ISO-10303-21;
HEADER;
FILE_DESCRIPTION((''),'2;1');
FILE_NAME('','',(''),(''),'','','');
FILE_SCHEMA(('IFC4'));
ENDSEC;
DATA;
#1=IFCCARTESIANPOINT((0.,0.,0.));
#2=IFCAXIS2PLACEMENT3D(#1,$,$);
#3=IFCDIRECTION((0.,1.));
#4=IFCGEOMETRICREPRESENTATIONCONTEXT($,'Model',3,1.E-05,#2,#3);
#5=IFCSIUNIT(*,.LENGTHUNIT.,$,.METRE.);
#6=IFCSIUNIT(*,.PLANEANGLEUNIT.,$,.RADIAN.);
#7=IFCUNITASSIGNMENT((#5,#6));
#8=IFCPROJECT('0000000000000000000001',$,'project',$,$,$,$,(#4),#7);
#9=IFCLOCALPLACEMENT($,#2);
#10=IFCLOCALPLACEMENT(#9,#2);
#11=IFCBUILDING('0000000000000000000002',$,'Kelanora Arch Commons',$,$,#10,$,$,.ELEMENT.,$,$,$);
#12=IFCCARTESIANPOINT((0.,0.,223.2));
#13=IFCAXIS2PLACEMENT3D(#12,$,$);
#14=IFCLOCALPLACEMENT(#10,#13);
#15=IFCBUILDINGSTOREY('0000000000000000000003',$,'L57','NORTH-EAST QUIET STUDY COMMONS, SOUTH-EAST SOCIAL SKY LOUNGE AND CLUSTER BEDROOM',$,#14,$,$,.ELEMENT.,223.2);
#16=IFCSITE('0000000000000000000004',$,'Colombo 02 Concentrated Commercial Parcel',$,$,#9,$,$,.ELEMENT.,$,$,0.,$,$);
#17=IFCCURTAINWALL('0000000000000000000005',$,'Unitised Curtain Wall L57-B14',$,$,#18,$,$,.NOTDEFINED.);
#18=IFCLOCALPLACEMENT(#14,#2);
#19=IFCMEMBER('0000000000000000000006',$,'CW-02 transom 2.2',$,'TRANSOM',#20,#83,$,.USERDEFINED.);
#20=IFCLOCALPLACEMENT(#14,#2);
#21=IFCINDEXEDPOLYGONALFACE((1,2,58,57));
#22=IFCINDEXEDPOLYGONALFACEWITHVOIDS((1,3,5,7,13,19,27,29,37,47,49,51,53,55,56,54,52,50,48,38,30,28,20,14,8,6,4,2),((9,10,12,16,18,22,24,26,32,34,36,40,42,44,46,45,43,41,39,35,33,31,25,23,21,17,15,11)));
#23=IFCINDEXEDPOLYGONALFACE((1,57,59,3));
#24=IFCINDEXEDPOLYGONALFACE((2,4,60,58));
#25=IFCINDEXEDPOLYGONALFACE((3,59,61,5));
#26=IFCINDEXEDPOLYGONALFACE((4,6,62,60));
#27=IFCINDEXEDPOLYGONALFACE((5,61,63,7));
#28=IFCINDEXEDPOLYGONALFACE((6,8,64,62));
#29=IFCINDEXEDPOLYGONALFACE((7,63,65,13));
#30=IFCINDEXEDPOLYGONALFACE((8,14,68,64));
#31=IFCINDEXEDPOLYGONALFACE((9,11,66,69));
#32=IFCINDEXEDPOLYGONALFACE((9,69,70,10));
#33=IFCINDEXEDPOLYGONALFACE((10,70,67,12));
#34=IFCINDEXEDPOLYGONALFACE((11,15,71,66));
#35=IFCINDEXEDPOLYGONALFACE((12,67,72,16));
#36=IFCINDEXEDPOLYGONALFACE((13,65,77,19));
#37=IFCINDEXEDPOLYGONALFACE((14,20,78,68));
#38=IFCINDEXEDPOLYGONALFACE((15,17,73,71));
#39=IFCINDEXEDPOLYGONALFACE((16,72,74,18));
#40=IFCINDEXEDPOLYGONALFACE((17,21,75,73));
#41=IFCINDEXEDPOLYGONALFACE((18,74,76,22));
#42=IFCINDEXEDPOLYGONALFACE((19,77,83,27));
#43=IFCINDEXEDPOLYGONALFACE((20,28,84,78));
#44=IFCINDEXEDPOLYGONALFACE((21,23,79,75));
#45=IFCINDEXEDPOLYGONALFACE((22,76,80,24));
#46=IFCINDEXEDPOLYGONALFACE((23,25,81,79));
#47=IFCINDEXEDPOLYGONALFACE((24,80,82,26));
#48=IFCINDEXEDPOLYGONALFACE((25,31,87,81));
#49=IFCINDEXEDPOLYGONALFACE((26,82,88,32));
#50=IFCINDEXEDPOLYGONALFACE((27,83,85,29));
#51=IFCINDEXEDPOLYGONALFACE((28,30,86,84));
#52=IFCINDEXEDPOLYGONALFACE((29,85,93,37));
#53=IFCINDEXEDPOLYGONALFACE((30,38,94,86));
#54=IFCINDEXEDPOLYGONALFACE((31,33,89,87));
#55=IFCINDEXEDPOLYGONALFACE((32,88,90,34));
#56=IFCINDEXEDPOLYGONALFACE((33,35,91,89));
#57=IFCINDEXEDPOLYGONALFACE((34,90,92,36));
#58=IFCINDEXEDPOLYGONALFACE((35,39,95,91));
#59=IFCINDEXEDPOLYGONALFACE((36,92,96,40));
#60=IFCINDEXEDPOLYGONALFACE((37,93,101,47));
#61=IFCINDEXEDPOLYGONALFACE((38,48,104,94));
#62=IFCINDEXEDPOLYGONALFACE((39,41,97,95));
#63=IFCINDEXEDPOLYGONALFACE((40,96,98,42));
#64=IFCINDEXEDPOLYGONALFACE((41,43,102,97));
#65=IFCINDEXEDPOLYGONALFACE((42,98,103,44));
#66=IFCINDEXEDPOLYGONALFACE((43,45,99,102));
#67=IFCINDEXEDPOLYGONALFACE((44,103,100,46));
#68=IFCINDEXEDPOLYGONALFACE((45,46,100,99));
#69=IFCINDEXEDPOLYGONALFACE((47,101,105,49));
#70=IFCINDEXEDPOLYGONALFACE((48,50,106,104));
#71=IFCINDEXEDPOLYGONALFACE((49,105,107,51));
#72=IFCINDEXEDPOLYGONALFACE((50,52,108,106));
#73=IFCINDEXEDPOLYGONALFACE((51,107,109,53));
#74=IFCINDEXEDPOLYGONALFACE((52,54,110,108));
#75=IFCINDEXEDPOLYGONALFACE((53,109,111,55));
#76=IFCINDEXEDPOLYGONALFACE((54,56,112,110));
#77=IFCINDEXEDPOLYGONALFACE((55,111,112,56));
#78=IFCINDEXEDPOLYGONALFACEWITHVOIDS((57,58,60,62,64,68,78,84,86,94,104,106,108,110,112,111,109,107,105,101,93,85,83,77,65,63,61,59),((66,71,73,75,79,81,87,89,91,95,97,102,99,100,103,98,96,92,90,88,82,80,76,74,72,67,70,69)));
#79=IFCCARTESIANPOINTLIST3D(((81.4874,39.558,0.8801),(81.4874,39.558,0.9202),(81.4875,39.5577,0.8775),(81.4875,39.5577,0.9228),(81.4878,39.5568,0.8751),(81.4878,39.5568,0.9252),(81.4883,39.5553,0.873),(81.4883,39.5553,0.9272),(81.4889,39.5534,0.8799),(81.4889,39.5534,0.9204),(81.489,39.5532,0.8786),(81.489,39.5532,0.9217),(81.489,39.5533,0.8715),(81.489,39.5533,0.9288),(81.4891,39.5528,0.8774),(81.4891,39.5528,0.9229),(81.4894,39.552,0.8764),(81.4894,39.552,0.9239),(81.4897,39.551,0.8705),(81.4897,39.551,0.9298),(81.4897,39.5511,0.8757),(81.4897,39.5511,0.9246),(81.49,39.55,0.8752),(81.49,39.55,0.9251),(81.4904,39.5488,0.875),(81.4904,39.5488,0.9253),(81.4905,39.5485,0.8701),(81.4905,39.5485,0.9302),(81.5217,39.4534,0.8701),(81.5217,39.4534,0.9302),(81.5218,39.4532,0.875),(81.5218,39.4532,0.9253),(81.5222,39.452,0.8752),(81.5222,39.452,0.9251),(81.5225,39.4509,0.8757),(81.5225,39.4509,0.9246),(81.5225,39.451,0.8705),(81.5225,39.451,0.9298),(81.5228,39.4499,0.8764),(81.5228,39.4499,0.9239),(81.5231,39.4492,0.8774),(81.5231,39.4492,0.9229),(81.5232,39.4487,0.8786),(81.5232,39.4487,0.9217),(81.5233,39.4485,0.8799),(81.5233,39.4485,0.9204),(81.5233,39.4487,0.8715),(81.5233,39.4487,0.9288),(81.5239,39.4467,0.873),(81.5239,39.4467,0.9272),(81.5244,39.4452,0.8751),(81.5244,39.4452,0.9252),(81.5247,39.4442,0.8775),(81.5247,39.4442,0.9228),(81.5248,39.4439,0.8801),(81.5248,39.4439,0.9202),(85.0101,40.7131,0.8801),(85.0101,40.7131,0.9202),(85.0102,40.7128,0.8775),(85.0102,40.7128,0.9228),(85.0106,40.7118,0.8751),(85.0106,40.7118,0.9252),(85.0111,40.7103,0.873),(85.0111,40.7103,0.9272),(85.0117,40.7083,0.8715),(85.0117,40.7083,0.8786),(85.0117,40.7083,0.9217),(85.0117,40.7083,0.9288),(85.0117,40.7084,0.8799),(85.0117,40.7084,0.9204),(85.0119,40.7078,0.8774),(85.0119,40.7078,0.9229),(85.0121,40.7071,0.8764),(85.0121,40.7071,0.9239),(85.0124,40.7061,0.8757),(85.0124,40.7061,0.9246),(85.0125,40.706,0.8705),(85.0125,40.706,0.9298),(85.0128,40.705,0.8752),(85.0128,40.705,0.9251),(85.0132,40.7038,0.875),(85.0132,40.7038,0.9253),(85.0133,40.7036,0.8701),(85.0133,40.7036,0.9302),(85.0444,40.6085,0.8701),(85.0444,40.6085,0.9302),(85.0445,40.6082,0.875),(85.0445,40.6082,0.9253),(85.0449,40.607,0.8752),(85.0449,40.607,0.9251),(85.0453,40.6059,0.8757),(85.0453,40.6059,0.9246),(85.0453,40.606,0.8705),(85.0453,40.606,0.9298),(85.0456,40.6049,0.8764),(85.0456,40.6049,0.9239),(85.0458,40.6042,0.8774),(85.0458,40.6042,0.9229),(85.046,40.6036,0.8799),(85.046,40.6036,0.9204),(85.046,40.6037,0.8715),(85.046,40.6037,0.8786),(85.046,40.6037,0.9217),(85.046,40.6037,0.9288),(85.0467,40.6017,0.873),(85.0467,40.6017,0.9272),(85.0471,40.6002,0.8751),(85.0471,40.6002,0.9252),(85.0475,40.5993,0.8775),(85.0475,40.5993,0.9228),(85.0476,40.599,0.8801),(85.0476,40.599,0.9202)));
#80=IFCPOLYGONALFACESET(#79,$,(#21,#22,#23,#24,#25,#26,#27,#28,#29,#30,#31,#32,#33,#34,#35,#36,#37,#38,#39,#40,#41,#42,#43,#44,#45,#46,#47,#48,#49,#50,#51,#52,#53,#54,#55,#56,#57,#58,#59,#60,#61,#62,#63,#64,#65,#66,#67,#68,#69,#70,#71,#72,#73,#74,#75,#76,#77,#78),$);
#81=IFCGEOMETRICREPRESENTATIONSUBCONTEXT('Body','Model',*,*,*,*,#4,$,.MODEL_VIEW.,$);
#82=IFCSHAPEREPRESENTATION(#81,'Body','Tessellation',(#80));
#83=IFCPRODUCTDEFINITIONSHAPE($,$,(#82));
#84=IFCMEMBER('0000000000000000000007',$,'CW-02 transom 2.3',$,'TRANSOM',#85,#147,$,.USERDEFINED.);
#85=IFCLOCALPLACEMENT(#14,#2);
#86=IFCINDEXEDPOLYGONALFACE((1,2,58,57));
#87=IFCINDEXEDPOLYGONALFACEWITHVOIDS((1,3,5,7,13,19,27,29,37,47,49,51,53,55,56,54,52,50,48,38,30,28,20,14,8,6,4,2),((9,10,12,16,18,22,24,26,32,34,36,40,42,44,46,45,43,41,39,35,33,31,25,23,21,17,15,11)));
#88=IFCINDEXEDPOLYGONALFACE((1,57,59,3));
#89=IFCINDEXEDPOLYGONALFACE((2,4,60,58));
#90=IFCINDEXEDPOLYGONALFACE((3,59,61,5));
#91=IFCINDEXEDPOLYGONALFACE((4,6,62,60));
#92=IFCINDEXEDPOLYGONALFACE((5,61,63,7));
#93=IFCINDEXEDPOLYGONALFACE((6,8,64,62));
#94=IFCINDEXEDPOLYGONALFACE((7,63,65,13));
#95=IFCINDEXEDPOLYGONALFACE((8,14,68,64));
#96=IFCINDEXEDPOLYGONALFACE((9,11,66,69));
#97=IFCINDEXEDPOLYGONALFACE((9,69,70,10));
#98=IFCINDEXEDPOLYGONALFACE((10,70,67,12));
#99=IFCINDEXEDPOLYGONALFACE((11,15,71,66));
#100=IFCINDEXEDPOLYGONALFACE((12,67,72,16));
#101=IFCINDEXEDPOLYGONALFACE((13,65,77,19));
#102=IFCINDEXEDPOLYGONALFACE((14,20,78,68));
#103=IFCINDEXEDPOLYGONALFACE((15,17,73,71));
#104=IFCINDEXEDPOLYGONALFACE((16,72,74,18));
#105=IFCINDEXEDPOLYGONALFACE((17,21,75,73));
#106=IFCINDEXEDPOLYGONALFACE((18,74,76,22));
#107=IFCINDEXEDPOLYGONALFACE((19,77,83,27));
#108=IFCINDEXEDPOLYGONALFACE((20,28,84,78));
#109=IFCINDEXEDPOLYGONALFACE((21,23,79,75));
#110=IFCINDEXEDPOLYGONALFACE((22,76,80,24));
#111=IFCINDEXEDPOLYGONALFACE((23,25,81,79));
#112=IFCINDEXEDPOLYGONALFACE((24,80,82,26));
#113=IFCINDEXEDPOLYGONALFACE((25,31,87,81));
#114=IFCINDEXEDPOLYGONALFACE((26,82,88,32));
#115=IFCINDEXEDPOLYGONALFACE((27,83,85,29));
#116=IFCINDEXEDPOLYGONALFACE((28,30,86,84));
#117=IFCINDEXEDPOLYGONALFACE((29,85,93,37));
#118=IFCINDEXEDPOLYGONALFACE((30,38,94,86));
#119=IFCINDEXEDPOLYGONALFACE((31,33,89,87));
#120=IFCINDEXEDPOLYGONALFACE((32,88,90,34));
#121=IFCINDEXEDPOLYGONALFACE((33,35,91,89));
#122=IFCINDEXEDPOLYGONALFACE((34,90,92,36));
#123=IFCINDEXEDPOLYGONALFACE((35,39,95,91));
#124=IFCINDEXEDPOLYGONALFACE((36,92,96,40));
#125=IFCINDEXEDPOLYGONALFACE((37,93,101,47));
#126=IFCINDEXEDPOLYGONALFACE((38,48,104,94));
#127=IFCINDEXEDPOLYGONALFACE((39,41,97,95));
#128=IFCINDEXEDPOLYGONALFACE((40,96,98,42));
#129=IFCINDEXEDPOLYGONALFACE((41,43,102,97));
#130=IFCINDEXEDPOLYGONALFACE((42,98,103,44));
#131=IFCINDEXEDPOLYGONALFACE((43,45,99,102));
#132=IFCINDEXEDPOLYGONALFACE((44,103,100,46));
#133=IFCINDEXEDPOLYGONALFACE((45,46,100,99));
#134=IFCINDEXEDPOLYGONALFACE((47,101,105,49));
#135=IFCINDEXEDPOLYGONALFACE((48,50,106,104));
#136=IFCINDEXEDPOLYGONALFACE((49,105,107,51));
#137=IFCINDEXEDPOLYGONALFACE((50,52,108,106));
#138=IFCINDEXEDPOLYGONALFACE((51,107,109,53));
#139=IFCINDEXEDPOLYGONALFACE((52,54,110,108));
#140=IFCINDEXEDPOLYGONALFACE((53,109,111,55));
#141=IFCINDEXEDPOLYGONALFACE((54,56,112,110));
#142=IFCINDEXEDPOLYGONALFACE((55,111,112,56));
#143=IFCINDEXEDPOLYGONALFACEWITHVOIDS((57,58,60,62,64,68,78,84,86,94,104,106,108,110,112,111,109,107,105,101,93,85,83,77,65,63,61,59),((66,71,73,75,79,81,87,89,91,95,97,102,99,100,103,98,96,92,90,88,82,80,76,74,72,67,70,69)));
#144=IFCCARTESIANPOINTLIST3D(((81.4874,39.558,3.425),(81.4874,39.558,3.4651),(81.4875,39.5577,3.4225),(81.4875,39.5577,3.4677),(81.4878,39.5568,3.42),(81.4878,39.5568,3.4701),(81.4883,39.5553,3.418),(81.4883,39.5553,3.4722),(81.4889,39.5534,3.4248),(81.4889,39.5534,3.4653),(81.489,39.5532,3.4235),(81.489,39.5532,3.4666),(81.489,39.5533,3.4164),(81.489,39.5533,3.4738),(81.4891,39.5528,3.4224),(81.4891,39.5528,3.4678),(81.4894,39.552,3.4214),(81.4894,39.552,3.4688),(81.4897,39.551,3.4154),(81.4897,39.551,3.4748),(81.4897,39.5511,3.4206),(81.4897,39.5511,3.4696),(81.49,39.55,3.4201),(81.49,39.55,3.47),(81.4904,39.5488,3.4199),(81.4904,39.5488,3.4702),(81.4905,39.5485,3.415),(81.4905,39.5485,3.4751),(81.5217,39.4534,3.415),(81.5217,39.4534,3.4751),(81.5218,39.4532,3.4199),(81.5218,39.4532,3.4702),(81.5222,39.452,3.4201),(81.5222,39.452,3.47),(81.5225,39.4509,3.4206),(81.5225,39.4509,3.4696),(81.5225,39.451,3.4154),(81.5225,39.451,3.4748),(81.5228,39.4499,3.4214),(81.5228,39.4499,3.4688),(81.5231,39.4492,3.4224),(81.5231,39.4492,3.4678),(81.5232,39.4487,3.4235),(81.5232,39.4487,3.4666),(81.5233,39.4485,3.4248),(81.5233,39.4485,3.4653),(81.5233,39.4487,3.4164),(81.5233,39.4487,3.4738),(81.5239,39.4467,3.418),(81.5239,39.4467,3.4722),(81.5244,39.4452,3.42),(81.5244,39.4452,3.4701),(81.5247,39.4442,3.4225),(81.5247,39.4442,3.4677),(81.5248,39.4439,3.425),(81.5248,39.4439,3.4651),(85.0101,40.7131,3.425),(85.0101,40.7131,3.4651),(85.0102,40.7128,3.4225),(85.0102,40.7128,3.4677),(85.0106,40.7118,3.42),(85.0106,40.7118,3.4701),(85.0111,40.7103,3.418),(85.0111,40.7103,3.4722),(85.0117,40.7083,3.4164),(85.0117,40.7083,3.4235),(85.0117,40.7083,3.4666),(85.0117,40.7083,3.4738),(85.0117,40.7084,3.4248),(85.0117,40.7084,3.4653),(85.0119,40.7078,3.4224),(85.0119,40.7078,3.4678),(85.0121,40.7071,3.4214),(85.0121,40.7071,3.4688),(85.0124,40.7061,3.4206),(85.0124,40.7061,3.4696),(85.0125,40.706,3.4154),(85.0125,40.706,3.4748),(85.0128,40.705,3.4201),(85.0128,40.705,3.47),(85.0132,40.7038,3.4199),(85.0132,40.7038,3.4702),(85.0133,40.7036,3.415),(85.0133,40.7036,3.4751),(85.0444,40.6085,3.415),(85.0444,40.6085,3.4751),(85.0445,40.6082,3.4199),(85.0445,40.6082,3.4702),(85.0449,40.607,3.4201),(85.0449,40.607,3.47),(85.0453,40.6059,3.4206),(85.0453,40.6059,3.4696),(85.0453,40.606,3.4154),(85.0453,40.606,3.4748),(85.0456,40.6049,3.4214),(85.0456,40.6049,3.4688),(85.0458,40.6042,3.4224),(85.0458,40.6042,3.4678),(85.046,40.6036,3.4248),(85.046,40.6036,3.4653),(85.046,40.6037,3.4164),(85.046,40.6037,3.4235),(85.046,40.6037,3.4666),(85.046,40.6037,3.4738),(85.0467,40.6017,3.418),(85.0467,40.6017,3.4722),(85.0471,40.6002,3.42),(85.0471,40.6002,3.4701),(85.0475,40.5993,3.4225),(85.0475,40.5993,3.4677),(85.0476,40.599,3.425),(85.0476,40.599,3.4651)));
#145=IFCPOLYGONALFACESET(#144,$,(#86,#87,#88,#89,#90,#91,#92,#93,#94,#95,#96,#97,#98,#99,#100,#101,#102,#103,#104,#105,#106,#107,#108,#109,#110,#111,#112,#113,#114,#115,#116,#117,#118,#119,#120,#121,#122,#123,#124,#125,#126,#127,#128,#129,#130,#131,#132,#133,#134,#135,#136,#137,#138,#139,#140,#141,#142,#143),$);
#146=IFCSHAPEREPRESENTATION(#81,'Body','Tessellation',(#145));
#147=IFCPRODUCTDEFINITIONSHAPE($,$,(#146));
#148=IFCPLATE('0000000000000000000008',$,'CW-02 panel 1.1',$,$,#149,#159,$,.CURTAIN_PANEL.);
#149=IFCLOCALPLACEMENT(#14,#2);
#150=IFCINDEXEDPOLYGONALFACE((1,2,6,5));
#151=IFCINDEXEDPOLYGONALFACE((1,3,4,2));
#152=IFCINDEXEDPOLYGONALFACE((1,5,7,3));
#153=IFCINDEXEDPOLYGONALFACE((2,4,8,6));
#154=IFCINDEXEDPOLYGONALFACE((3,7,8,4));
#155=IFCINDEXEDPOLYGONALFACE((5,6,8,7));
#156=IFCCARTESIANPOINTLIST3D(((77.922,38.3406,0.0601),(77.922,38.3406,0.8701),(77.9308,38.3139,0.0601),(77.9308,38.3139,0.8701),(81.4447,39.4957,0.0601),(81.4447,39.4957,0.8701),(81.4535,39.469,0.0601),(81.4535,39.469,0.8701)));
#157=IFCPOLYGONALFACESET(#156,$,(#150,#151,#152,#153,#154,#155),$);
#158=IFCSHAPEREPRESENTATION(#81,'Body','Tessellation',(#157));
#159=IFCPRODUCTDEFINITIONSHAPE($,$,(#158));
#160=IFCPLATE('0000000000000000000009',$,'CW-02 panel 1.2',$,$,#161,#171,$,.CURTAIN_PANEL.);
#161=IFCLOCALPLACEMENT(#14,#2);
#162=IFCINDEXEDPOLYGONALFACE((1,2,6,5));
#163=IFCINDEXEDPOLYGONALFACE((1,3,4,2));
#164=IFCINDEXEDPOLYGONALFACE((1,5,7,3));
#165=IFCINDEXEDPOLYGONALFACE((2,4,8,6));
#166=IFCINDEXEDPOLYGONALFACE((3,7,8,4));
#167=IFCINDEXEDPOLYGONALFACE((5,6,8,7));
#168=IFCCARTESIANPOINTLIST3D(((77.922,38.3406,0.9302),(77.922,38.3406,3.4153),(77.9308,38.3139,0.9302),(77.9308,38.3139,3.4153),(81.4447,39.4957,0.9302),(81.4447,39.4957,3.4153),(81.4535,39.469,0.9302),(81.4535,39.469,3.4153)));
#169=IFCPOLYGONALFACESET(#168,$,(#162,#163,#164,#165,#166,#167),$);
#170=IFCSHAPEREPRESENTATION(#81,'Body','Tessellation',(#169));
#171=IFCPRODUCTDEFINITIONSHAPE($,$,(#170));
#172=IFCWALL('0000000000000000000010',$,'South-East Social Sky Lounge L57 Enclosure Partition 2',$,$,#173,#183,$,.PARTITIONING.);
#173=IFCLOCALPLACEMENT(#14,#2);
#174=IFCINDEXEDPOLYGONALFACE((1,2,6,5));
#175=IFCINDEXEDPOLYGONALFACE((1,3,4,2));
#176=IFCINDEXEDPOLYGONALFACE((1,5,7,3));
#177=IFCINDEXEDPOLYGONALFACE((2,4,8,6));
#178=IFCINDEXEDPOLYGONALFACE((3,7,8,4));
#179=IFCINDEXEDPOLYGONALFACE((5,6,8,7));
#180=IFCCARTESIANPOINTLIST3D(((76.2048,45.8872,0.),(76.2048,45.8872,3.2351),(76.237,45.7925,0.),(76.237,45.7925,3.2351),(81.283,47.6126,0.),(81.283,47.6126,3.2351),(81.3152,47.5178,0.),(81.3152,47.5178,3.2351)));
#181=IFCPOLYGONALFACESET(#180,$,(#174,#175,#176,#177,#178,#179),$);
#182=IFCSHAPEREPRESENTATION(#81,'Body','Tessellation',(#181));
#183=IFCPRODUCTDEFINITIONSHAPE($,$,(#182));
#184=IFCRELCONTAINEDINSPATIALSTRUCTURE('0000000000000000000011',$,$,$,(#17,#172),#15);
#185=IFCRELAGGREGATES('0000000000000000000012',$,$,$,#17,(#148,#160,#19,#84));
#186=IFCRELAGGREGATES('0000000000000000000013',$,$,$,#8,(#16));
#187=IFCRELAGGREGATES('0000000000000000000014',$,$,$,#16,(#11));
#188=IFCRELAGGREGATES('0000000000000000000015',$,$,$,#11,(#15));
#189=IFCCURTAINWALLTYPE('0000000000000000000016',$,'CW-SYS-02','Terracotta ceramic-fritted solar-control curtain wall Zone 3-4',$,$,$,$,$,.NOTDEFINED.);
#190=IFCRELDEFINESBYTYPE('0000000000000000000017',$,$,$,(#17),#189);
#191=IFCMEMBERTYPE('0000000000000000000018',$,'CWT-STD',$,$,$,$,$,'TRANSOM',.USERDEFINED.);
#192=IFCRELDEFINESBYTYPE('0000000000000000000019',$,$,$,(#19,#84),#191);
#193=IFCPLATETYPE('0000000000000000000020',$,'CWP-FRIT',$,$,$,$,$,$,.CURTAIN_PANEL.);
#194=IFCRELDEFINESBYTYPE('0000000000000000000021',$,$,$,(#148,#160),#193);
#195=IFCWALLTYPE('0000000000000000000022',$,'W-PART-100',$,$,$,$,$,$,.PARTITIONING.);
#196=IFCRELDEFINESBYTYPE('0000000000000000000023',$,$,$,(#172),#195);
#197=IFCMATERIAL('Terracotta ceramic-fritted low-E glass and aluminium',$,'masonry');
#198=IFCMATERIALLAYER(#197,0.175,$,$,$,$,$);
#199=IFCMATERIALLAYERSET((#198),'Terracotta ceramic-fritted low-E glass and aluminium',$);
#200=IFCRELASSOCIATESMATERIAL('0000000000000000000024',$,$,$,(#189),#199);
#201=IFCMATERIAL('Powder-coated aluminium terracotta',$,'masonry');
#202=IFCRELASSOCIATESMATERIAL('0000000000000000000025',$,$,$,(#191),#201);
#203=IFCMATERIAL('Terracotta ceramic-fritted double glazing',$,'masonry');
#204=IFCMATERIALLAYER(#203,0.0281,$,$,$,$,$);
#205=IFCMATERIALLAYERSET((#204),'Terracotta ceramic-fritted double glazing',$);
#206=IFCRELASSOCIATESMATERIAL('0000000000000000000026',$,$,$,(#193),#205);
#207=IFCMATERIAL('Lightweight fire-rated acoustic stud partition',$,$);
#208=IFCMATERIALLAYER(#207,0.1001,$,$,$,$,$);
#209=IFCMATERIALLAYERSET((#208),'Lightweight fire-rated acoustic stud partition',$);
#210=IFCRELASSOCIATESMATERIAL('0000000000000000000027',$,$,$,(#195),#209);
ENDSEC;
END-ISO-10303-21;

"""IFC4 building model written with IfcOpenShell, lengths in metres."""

from ifc_helpers import new_model, si_unit, direction, frame, frame_2d, origin, origin_2d, place, context, subcontext, project, spatial, rectangle, hollow_rectangle, extrude, source, transform, mapped, material, layer, layer_set, material_profile, profile_set, type_object, element, aggregate, save


model = new_model("IFC4")

# Units and contexts
model_context = context("Model", 3, precision=1e-05, world=origin(), true_north=direction((0.0, 1.0)))
body_context = subcontext(model_context, "Body", "Model", "MODEL_VIEW")
ifc_project = project(units=[si_unit("LENGTHUNIT", "METRE"), si_unit("PLANEANGLEUNIT", "RADIAN")], contexts=[model_context])

# Site, building, storey
site_placement = place(None, origin())
site = spatial("IfcSite", under=ifc_project, at=site_placement, Name="Colombo 02 Concentrated Commercial Parcel", CompositionType="ELEMENT", RefElevation=0.0)
building_placement = place(site_placement, origin())
building = spatial("IfcBuilding", under=site, at=building_placement, Name="Kelanora Arch Commons", CompositionType="ELEMENT")
storey_placement = place(building_placement, frame((0.0, 0.0, 223.2)))
storey = spatial("IfcBuildingStorey", under=building, at=storey_placement, Name="L57", Description="NORTH-EAST QUIET STUDY COMMONS, SOUTH-EAST SOCIAL SKY LOUNGE AND CLUSTER BEDROOM", CompositionType="ELEMENT", Elevation=223.2)

# Curtain wall, members, plates
ifc_material_1 = material(Name="Terracotta ceramic-fritted low-E glass and aluminium", Category="masonry")
ifc_layer_1 = layer(ifc_material_1, 0.175)
ifc_layer_set_1 = layer_set([ifc_layer_1], Name="Terracotta ceramic-fritted low-E glass and aluminium")
curtain_wall_type = type_object("IfcCurtainWallType", Name="CW-SYS-02", Description="Terracotta ceramic-fritted solar-control curtain wall Zone 3-4", PredefinedType="NOTDEFINED", material=ifc_layer_set_1)
curtain_wall_placement = place(storey_placement, origin())
curtain_wall = element("IfcCurtainWall", 1, at=curtain_wall_placement, inside=storey, type_object=curtain_wall_type, Name="Unitised Curtain Wall L57-B14", PredefinedType="NOTDEFINED")
ifc_material_2 = material(Name="Powder-coated aluminium terracotta", Category="masonry")
ifc_material_profile_1 = material_profile(ifc_material_2, hollow_rectangle(XDim=0.1201, YDim=0.0601, WallThickness=0.0049, InnerFilletRadius=0.0049, OuterFilletRadius=0.01, at=origin_2d()), Name="CWT120x60")
ifc_profile_set_1 = profile_set([ifc_material_profile_1], Name="Powder-coated aluminium terracotta")
member_type_1 = type_object("IfcMemberType", Name="CWT-STD", ElementType="TRANSOM", PredefinedType="USERDEFINED", material=ifc_profile_set_1)
member_1_placement = place(storey_placement, frame((81.5061, 39.501, 0.9001), z_axis=(0.950226, 0.311561, 0.0), x_axis=(-0.311561, 0.950226, 0.0)))
member_1 = element("IfcMember", 2, at=member_1_placement, type_object=member_type_1, Name="CW-02 transom 2.2", ObjectType="TRANSOM", PredefinedType="USERDEFINED", context=body_context, shape_type="SweptSolid", body=[
    extrude(hollow_rectangle(XDim=0.1201, YDim=0.0601, WallThickness=0.0049, InnerFilletRadius=0.0049, OuterFilletRadius=0.01, at=origin_2d()), origin(), (0.0, 0.0, 1.0), 3.7073),
])
member_2_placement = place(storey_placement, frame((81.5061, 39.501, 3.4451), z_axis=(0.950226, 0.311561, 0.0), x_axis=(-0.311561, 0.950226, 0.0)))
member_2 = element("IfcMember", 3, at=member_2_placement, type_object=member_type_1, Name="CW-02 transom 2.3", ObjectType="TRANSOM", PredefinedType="USERDEFINED", context=body_context, shape_type="SweptSolid", body=[
    extrude(hollow_rectangle(XDim=0.1201, YDim=0.0601, WallThickness=0.0049, InnerFilletRadius=0.0049, OuterFilletRadius=0.01, at=origin_2d()), origin(), (0.0, 0.0, 1.0), 3.7073),
])
ifc_material_3 = material(Name="Terracotta ceramic-fritted double glazing", Category="masonry")
ifc_layer_2 = layer(ifc_material_3, 0.0281)
ifc_layer_set_2 = layer_set([ifc_layer_2], Name="Terracotta ceramic-fritted double glazing")
plate_type = type_object("IfcPlateType", Name="CWP-FRIT", PredefinedType="CURTAIN_PANEL", material=ifc_layer_set_2)
shared_shape_1 = source(origin(), body_context, "Body", "SweptSolid", [
    extrude(rectangle(XDim=3.7073, YDim=0.0281, at=origin_2d()), origin(), (0.0, 0.0, 1.0), 0.8101),
])
plate_1_placement = place(storey_placement, frame((79.6877, 38.9048, 0.0601), z_axis=(0.0, 0.0, 1.0), x_axis=(0.950219, 0.311582, 0.0)))
plate_1 = element("IfcPlate", 4, at=plate_1_placement, type_object=plate_type, Name="CW-02 panel 1.1", PredefinedType="CURTAIN_PANEL", context=body_context, shape_type="MappedRepresentation", body=[
    mapped(shared_shape_1, transform((0.0, 0.0, 0.0), scale=1.0)),
])
shared_shape_2 = source(origin(), body_context, "Body", "SweptSolid", [
    extrude(rectangle(XDim=3.7073, YDim=0.0281, at=origin_2d()), origin(), (0.0, 0.0, 1.0), 2.4851),
])
plate_2_placement = place(storey_placement, frame((79.6877, 38.9048, 0.9302), z_axis=(0.0, 0.0, 1.0), x_axis=(0.950219, 0.311582, 0.0)))
plate_2 = element("IfcPlate", 5, at=plate_2_placement, type_object=plate_type, Name="CW-02 panel 1.2", PredefinedType="CURTAIN_PANEL", context=body_context, shape_type="MappedRepresentation", body=[
    mapped(shared_shape_2, transform((0.0, 0.0, 0.0), scale=1.0)),
])
aggregate(curtain_wall, [plate_1, plate_2, member_1, member_2])

# Wall
ifc_material_4 = material(Name="Lightweight fire-rated acoustic stud partition")
ifc_layer_3 = layer(ifc_material_4, 0.1001)
ifc_layer_set_3 = layer_set([ifc_layer_3], Name="Lightweight fire-rated acoustic stud partition")
wall_type_1 = type_object("IfcWallType", Name="W-PART-100", PredefinedType="PARTITIONING", material=ifc_layer_set_3)
wall_1_placement = place(storey_placement, frame((76.2209, 45.8398, 0.0), z_axis=(0.0, 0.0, 1.0), x_axis=(0.946842, 0.321699, 0.0)))
element("IfcWall", 6, at=wall_1_placement, inside=storey, type_object=wall_type_1, Name="South-East Social Sky Lounge L57 Enclosure Partition 2", PredefinedType="PARTITIONING", context=body_context, shape_type="SweptSolid", body=[
    extrude(rectangle(XDim=5.3633, YDim=0.1001, at=frame_2d((2.6816, 0.0))), origin(), (0.0, 0.0, 1.0), 3.2351),
])

save(model, "model.ifc")
